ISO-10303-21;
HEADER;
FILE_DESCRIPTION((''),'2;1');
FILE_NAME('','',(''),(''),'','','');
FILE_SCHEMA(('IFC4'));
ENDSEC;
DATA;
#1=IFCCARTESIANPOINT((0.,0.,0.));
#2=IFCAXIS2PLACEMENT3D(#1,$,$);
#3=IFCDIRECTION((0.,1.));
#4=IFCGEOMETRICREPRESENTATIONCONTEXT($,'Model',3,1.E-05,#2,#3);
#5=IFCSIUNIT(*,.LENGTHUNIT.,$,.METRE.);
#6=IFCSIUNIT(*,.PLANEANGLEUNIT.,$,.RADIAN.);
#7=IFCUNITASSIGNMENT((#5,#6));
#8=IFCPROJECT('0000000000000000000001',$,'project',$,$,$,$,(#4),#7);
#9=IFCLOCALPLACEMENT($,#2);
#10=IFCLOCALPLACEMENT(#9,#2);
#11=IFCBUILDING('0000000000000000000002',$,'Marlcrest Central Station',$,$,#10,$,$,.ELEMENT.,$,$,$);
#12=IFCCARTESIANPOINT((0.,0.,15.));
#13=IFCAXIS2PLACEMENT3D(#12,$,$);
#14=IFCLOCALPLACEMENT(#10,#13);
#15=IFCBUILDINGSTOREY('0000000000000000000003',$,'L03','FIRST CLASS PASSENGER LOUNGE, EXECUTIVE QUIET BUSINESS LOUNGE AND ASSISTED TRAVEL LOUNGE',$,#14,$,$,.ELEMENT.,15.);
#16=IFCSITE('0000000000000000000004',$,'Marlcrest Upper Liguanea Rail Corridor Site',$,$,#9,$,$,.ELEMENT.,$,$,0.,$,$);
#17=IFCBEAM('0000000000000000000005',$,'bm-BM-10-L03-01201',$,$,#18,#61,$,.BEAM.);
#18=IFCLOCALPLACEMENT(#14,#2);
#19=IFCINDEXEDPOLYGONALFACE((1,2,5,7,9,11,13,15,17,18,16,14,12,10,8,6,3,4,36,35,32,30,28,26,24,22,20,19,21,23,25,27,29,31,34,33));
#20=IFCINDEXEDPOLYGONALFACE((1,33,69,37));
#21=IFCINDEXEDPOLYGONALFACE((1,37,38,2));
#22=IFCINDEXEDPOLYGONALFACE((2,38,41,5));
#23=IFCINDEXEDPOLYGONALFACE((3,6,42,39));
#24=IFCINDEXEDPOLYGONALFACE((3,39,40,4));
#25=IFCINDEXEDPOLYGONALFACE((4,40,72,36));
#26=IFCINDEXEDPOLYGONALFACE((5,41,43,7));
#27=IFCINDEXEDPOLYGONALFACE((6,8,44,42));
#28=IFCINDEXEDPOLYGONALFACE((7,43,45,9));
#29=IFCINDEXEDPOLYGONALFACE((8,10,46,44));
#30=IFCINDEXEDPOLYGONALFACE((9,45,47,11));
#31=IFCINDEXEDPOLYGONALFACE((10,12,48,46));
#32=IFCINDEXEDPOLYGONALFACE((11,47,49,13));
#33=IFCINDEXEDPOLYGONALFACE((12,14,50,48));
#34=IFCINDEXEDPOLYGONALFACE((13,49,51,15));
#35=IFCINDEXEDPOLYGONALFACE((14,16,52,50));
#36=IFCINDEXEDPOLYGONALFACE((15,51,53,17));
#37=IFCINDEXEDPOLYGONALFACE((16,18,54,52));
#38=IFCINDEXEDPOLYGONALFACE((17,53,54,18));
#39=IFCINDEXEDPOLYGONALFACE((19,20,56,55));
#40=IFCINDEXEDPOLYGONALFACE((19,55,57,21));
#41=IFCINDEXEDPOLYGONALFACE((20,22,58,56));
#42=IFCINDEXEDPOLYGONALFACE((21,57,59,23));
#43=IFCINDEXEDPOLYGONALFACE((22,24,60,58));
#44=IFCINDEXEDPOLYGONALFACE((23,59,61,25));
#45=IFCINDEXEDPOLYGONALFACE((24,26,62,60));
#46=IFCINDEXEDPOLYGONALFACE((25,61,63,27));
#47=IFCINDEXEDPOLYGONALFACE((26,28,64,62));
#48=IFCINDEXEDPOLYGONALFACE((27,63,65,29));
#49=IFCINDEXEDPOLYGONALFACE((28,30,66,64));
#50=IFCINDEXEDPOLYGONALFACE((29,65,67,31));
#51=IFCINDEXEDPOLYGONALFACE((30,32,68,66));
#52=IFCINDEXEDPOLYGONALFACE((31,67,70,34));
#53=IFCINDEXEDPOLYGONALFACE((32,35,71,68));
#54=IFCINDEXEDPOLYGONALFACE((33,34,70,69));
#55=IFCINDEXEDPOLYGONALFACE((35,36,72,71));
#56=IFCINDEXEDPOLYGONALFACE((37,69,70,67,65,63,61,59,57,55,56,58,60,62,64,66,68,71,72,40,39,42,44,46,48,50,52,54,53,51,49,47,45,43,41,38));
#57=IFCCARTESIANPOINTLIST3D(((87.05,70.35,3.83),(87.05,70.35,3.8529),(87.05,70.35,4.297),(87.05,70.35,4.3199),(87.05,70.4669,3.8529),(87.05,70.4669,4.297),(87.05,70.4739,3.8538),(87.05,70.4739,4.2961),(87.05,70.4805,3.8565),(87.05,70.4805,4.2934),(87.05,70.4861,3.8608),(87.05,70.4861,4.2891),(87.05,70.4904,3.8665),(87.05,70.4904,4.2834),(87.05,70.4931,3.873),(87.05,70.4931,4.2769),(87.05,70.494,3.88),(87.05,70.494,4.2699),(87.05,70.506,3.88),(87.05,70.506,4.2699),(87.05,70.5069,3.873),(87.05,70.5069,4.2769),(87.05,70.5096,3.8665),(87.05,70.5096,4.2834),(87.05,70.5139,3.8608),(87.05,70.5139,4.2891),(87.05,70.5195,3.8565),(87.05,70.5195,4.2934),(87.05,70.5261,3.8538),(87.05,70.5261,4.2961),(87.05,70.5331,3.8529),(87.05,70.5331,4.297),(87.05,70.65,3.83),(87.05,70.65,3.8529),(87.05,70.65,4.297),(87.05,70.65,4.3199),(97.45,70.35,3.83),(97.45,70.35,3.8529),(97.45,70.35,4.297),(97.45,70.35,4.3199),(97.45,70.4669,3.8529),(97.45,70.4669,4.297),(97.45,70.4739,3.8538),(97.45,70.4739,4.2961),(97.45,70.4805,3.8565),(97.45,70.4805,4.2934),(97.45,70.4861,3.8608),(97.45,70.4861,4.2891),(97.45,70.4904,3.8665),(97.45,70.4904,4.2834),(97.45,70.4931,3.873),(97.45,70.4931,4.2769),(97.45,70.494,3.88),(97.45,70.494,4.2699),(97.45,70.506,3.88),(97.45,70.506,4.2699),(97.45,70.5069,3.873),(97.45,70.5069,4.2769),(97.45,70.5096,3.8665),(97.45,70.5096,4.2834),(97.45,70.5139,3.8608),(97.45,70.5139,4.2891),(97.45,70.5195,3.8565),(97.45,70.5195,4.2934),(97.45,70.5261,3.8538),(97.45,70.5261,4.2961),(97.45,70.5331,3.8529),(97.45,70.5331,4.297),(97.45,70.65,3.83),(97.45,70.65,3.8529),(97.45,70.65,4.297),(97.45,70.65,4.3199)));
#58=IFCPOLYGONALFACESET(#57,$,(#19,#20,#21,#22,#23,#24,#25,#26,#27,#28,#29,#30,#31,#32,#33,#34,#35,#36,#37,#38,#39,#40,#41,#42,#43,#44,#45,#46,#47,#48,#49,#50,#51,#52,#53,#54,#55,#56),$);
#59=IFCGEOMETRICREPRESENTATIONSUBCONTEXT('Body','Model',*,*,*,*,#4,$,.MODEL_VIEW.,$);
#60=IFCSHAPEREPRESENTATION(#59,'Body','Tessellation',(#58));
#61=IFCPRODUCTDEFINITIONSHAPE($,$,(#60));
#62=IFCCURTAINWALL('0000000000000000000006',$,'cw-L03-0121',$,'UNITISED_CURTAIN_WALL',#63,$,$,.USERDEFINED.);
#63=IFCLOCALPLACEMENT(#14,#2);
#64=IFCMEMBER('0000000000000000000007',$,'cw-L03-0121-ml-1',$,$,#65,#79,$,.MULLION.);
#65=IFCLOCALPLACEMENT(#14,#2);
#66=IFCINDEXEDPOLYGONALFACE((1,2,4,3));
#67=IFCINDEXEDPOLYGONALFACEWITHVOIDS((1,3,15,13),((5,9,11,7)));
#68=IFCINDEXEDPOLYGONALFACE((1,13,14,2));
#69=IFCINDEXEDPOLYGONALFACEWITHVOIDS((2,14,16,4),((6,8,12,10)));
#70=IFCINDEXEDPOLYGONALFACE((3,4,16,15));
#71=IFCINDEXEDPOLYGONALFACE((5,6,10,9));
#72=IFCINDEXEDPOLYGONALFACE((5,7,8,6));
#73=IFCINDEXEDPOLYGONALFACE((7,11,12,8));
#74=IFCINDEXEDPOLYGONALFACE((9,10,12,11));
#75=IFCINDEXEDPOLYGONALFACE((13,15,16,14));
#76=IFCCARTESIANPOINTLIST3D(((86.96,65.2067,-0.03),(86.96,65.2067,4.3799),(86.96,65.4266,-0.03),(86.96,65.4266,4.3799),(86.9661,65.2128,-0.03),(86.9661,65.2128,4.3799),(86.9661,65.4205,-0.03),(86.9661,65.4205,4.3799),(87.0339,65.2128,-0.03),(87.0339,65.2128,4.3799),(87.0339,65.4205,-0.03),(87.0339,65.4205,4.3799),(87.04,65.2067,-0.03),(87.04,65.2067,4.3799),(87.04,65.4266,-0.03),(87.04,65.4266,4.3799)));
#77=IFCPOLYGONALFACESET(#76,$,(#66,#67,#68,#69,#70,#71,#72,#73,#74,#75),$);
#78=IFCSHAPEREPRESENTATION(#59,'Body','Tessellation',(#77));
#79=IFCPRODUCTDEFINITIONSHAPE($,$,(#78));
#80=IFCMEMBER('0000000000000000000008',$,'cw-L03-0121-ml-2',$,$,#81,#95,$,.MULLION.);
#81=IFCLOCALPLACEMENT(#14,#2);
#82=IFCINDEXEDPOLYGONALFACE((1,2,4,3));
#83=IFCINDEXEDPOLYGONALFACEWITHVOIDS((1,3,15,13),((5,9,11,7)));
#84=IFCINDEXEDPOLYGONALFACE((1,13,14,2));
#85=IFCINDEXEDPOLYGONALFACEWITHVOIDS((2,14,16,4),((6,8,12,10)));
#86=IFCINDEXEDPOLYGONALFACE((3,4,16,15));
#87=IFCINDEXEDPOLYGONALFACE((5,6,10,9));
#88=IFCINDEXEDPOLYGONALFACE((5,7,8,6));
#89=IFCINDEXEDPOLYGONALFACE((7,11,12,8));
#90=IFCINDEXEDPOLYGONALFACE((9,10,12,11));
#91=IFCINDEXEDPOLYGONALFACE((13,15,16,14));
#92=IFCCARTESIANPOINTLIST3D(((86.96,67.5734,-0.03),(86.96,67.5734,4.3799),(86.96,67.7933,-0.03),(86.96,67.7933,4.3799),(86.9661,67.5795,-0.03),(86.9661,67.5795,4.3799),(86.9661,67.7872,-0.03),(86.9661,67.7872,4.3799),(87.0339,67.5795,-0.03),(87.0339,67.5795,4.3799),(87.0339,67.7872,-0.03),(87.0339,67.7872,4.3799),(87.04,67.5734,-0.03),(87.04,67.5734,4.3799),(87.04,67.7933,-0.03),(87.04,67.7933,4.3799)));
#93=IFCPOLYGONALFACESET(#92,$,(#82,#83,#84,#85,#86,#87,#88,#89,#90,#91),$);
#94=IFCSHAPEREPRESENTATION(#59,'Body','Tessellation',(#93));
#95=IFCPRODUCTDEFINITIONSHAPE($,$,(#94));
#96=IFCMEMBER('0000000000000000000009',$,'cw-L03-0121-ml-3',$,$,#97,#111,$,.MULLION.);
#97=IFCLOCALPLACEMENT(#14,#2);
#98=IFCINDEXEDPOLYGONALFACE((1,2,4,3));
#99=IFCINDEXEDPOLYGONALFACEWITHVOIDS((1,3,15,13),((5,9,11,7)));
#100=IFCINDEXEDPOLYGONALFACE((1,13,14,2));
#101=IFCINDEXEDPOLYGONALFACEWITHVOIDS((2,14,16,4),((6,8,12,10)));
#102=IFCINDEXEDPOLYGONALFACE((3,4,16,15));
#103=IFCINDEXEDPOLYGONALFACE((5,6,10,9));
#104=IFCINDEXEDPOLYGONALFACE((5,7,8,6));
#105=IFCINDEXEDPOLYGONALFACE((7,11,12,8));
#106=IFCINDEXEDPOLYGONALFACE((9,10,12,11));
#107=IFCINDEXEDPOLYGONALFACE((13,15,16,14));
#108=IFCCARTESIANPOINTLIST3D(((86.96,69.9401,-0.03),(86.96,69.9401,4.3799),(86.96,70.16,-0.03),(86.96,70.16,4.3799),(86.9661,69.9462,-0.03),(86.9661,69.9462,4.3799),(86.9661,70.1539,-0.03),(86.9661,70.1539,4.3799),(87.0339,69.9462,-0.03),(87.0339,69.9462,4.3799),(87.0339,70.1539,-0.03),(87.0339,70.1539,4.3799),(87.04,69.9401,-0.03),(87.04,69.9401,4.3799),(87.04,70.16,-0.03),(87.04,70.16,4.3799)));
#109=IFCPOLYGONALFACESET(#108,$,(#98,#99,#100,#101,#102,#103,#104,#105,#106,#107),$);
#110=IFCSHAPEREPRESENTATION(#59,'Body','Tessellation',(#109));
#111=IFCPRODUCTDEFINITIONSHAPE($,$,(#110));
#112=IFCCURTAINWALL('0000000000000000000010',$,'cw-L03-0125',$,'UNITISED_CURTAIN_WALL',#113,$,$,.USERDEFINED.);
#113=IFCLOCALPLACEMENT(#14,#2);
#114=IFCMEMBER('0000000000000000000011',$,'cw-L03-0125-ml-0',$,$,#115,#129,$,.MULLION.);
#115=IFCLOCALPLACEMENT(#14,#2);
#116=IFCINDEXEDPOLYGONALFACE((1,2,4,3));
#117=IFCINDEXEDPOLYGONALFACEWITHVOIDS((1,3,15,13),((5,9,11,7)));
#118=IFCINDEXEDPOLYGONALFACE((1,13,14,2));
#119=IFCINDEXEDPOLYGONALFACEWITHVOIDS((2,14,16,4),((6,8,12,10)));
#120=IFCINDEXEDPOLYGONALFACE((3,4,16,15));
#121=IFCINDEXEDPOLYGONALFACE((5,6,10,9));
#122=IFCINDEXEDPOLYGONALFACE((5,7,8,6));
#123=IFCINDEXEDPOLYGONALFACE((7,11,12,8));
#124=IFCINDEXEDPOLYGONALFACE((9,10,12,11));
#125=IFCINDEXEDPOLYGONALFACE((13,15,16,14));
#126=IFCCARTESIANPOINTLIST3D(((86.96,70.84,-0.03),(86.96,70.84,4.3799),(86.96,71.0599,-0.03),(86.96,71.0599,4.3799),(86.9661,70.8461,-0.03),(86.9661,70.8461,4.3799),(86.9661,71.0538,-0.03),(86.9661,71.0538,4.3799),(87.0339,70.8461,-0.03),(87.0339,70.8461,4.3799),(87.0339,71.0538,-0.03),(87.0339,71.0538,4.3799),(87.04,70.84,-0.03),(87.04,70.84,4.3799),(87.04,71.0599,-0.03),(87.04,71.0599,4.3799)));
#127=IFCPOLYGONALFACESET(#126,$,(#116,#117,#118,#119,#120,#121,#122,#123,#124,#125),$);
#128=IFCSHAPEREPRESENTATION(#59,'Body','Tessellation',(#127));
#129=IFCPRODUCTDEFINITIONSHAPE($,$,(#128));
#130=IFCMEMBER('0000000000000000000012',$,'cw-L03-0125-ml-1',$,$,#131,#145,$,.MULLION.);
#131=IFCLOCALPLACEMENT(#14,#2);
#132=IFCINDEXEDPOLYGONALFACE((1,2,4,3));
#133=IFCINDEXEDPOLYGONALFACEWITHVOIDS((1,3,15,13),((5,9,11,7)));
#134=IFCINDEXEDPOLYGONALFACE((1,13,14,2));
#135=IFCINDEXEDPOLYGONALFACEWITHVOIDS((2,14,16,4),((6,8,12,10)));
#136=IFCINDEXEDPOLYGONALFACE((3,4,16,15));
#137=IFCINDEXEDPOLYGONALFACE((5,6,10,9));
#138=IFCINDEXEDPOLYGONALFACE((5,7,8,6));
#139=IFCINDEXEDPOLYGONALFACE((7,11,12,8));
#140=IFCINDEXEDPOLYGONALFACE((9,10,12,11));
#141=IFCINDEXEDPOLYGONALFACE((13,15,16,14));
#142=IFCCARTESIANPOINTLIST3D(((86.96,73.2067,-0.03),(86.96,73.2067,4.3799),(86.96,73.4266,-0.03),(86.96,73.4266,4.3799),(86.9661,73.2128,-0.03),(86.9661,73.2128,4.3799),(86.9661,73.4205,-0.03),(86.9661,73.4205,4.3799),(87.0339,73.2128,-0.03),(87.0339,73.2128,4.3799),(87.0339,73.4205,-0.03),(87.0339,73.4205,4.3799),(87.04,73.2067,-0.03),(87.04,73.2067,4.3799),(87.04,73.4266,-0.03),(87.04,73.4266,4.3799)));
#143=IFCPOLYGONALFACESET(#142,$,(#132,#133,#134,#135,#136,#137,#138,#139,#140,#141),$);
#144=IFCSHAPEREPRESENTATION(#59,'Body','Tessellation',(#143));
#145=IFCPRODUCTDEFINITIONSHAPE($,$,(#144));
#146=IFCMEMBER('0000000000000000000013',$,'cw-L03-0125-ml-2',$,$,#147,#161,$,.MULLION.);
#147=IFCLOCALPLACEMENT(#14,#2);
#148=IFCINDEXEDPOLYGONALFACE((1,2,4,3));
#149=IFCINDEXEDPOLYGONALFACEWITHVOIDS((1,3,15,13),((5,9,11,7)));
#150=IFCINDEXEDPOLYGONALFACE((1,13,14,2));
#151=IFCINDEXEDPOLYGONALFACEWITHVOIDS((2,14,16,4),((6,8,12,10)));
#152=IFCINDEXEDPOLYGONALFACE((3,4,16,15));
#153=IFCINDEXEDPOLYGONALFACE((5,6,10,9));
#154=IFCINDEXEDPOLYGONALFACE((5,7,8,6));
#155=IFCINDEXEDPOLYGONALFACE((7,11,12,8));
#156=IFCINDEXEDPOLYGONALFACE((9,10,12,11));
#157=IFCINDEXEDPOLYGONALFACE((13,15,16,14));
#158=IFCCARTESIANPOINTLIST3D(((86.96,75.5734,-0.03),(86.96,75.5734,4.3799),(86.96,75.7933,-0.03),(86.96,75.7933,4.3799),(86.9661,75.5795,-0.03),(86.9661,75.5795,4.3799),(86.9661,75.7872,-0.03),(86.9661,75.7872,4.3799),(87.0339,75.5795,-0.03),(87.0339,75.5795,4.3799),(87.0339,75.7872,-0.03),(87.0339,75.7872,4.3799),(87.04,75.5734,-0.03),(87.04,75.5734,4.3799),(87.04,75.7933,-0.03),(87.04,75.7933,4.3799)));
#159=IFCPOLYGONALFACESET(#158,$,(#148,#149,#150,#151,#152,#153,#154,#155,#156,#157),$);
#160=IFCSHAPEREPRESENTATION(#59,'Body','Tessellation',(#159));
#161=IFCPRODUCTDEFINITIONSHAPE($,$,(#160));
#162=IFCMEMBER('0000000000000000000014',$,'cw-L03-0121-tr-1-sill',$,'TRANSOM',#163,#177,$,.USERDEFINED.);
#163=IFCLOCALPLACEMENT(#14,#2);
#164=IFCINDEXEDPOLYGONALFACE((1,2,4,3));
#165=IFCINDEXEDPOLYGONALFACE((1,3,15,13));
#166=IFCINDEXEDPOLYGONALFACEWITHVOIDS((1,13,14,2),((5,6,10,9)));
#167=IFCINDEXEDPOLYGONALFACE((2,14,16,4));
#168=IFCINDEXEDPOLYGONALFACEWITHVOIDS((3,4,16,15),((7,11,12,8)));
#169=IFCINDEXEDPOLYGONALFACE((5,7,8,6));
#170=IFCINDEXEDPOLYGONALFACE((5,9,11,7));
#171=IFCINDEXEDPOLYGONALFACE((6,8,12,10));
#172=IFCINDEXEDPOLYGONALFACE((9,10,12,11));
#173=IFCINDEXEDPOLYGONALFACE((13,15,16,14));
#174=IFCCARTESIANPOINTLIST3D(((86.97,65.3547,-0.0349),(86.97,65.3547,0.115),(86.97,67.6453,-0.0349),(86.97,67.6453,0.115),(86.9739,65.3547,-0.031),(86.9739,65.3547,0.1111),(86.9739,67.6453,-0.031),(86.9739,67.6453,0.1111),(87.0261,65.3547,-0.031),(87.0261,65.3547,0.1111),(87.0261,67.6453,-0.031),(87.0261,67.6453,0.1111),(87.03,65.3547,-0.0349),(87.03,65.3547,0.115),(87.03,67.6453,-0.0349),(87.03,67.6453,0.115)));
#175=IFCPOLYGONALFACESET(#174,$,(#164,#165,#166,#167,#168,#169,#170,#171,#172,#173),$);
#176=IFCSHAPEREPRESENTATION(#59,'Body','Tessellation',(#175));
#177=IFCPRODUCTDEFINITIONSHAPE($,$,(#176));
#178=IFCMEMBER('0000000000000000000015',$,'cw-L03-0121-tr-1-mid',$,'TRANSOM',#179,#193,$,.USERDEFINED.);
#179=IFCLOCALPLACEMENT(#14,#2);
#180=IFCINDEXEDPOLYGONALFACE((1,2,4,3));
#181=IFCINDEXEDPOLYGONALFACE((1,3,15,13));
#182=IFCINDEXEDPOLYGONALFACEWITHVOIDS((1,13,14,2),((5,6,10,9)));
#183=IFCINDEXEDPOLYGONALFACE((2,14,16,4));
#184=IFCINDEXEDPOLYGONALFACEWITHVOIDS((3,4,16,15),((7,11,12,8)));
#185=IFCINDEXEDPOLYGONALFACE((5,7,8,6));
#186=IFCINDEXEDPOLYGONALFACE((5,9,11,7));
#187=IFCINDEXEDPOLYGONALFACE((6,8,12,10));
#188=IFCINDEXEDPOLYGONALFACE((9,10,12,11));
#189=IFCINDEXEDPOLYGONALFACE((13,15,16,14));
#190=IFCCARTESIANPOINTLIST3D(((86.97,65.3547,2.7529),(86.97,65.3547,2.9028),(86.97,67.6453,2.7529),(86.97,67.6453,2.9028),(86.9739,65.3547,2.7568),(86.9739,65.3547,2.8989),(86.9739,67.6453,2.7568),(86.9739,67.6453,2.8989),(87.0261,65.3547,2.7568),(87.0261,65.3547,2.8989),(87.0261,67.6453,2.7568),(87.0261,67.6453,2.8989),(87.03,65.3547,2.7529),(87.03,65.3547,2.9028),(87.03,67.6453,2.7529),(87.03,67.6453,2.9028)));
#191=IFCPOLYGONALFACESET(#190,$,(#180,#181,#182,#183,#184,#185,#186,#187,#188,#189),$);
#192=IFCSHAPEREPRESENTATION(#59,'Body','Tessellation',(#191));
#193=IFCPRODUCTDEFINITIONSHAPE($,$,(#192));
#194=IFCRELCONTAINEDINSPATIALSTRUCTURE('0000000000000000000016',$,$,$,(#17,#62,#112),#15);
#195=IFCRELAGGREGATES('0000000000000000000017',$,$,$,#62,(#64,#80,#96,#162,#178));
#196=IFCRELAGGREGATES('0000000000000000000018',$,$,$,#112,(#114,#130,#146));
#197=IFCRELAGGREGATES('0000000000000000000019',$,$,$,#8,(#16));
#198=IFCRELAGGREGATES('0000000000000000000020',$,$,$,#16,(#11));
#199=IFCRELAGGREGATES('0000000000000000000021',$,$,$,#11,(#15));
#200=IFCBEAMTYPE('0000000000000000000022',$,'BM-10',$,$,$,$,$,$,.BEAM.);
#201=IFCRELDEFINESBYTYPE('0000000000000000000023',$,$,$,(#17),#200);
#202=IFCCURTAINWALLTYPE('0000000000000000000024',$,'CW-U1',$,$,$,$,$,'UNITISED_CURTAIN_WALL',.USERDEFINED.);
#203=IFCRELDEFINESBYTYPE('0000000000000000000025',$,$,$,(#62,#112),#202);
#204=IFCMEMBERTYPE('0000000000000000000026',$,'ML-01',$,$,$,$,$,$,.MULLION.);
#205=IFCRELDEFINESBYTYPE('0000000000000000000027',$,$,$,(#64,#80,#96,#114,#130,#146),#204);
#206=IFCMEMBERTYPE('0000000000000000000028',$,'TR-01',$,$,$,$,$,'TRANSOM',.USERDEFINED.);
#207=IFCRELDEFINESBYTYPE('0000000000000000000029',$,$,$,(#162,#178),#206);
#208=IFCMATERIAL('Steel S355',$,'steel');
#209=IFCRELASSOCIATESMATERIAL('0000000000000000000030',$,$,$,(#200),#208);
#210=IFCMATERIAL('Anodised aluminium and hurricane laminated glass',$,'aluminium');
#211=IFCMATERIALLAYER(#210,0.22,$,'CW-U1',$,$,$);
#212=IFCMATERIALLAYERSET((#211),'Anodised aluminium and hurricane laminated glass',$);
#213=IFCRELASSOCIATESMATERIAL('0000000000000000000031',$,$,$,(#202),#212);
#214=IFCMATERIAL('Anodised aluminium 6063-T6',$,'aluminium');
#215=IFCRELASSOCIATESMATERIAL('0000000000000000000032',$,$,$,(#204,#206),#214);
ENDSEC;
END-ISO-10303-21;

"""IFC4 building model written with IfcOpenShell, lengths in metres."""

from ifc_helpers import new_model, si_unit, direction, frame, origin, origin_2d, place, context, subcontext, project, spatial, hollow_rectangle, i_section, extrude, material, layer, layer_set, material_profile, profile_set, type_object, element, aggregate, save


model = new_model("IFC4")

# Units and contexts
model_context = context("Model", 3, precision=1e-05, world=origin(), true_north=direction((0.0, 1.0)))
body_context = subcontext(model_context, "Body", "Model", "MODEL_VIEW")
ifc_project = project(units=[si_unit("LENGTHUNIT", "METRE"), si_unit("PLANEANGLEUNIT", "RADIAN")], contexts=[model_context])

# Site, building, storey
site_placement = place(None, origin())
site = spatial("IfcSite", under=ifc_project, at=site_placement, Name="Marlcrest Upper Liguanea Rail Corridor Site", CompositionType="ELEMENT", RefElevation=0.0)
building_placement = place(site_placement, origin())
building = spatial("IfcBuilding", under=site, at=building_placement, Name="Marlcrest Central Station", CompositionType="ELEMENT")
storey_placement = place(building_placement, frame((0.0, 0.0, 15.0)))
storey = spatial("IfcBuildingStorey", under=building, at=storey_placement, Name="L03", Description="FIRST CLASS PASSENGER LOUNGE, EXECUTIVE QUIET BUSINESS LOUNGE AND ASSISTED TRAVEL LOUNGE", CompositionType="ELEMENT", Elevation=15.0)

# Shared definitions
ifc_material_1 = material(Name="Steel S355", Category="steel")

# Beam
ifc_material_profile_1 = material_profile(ifc_material_1, i_section(OverallWidth=0.3, OverallDepth=0.49, WebThickness=0.012, FlangeThickness=0.0229, FilletRadius=0.0271, at=origin_2d()), Name="HEA 500")
ifc_profile_set_1 = profile_set([ifc_material_profile_1], Name="Steel S355")
beam_type = type_object("IfcBeamType", Name="BM-10", PredefinedType="BEAM", material=ifc_profile_set_1)
beam_placement = place(storey_placement, frame((87.05, 70.5, 4.075), z_axis=(1.0, 0.0, 0.0), x_axis=(0.0, 1.0, 0.0)))
element("IfcBeam", 1, at=beam_placement, inside=storey, type_object=beam_type, Name="bm-BM-10-L03-01201", PredefinedType="BEAM", context=body_context, shape_type="SweptSolid", body=[
    extrude(i_section(OverallWidth=0.3, OverallDepth=0.49, WebThickness=0.012, FlangeThickness=0.0229, FilletRadius=0.0271, at=origin_2d()), origin(), (0.0, 0.0, 1.0), 10.3999),
])

# Curtain walls, members
ifc_material_2 = material(Name="Anodised aluminium and hurricane laminated glass", Category="aluminium")
ifc_layer_1 = layer(ifc_material_2, 0.22, Name="CW-U1")
ifc_layer_set_1 = layer_set([ifc_layer_1], Name="Anodised aluminium and hurricane laminated glass")
curtain_wall_type = type_object("IfcCurtainWallType", Name="CW-U1", ElementType="UNITISED_CURTAIN_WALL", PredefinedType="USERDEFINED", material=ifc_layer_set_1)
curtain_wall_1_placement = place(storey_placement, origin())
curtain_wall_1 = element("IfcCurtainWall", 2, at=curtain_wall_1_placement, inside=storey, type_object=curtain_wall_type, Name="cw-L03-0121", ObjectType="UNITISED_CURTAIN_WALL", PredefinedType="USERDEFINED")
ifc_material_3 = material(Name="Anodised aluminium 6063-T6", Category="aluminium")
ifc_material_profile_2 = material_profile(ifc_material_3, hollow_rectangle(XDim=0.0801, YDim=0.22, WallThickness=0.0061, at=origin_2d()), Name="AA-RHS 220x80x6")
ifc_profile_set_2 = profile_set([ifc_material_profile_2], Name="Anodised aluminium 6063-T6")
member_type_1 = type_object("IfcMemberType", Name="ML-01", PredefinedType="MULLION", material=ifc_profile_set_2)
member_1_placement = place(storey_placement, frame((87.0, 65.3167, -0.03), z_axis=(0.0, 0.0, 1.0), x_axis=(1.0, 0.0, 0.0)))
member_1 = element("IfcMember", 3, at=member_1_placement, type_object=member_type_1, Name="cw-L03-0121-ml-1", PredefinedType="MULLION", context=body_context, shape_type="SweptSolid", body=[
    extrude(hollow_rectangle(XDim=0.0801, YDim=0.22, WallThickness=0.0061, at=origin_2d()), origin(), (0.0, 0.0, 1.0), 4.4099),
])
member_2_placement = place(storey_placement, frame((87.0, 67.6833, -0.03), z_axis=(0.0, 0.0, 1.0), x_axis=(1.0, 0.0, 0.0)))
member_2 = element("IfcMember", 4, at=member_2_placement, type_object=member_type_1, Name="cw-L03-0121-ml-2", PredefinedType="MULLION", context=body_context, shape_type="SweptSolid", body=[
    extrude(hollow_rectangle(XDim=0.0801, YDim=0.22, WallThickness=0.0061, at=origin_2d()), origin(), (0.0, 0.0, 1.0), 4.4099),
])
member_3_placement = place(storey_placement, frame((87.0, 70.05, -0.03), z_axis=(0.0, 0.0, 1.0), x_axis=(1.0, 0.0, 0.0)))
member_3 = element("IfcMember", 5, at=member_3_placement, type_object=member_type_1, Name="cw-L03-0121-ml-3", PredefinedType="MULLION", context=body_context, shape_type="SweptSolid", body=[
    extrude(hollow_rectangle(XDim=0.0801, YDim=0.22, WallThickness=0.0061, at=origin_2d()), origin(), (0.0, 0.0, 1.0), 4.4099),
])
curtain_wall_2_placement = place(storey_placement, origin())
curtain_wall_2 = element("IfcCurtainWall", 6, at=curtain_wall_2_placement, inside=storey, type_object=curtain_wall_type, Name="cw-L03-0125", ObjectType="UNITISED_CURTAIN_WALL", PredefinedType="USERDEFINED")
member_4_placement = place(storey_placement, frame((87.0, 70.95, -0.03), z_axis=(0.0, 0.0, 1.0), x_axis=(1.0, 0.0, 0.0)))
member_4 = element("IfcMember", 7, at=member_4_placement, type_object=member_type_1, Name="cw-L03-0125-ml-0", PredefinedType="MULLION", context=body_context, shape_type="SweptSolid", body=[
    extrude(hollow_rectangle(XDim=0.0801, YDim=0.22, WallThickness=0.0061, at=origin_2d()), origin(), (0.0, 0.0, 1.0), 4.4099),
])
member_5_placement = place(storey_placement, frame((87.0, 73.3167, -0.03), z_axis=(0.0, 0.0, 1.0), x_axis=(1.0, 0.0, 0.0)))
member_5 = element("IfcMember", 8, at=member_5_placement, type_object=member_type_1, Name="cw-L03-0125-ml-1", PredefinedType="MULLION", context=body_context, shape_type="SweptSolid", body=[
    extrude(hollow_rectangle(XDim=0.0801, YDim=0.22, WallThickness=0.0061, at=origin_2d()), origin(), (0.0, 0.0, 1.0), 4.4099),
])
member_6_placement = place(storey_placement, frame((87.0, 75.6833, -0.03), z_axis=(0.0, 0.0, 1.0), x_axis=(1.0, 0.0, 0.0)))
member_6 = element("IfcMember", 9, at=member_6_placement, type_object=member_type_1, Name="cw-L03-0125-ml-2", PredefinedType="MULLION", context=body_context, shape_type="SweptSolid", body=[
    extrude(hollow_rectangle(XDim=0.0801, YDim=0.22, WallThickness=0.0061, at=origin_2d()), origin(), (0.0, 0.0, 1.0), 4.4099),
])

# Members
ifc_material_profile_3 = material_profile(ifc_material_3, hollow_rectangle(XDim=0.0601, YDim=0.1499, WallThickness=0.0039, at=origin_2d()), Name="AA-RHS 150x60x4")
ifc_profile_set_3 = profile_set([ifc_material_profile_3], Name="Anodised aluminium 6063-T6")
member_type_2 = type_object("IfcMemberType", Name="TR-01", ElementType="TRANSOM", PredefinedType="USERDEFINED", material=ifc_profile_set_3)
member_7_placement = place(storey_placement, frame((87.0, 65.3547, 0.04), z_axis=(0.0, 1.0, 0.0), x_axis=(-1.0, 0.0, 0.0)))
member_7 = element("IfcMember", 10, at=member_7_placement, type_object=member_type_2, Name="cw-L03-0121-tr-1-sill", ObjectType="TRANSOM", PredefinedType="USERDEFINED", context=body_context, shape_type="SweptSolid", body=[
    extrude(hollow_rectangle(XDim=0.0601, YDim=0.1499, WallThickness=0.0039, at=origin_2d()), origin(), (0.0, 0.0, 1.0), 2.2905),
])
member_8_placement = place(storey_placement, frame((87.0, 65.3547, 2.8279), z_axis=(0.0, 1.0, 0.0), x_axis=(-1.0, 0.0, 0.0)))
member_8 = element("IfcMember", 11, at=member_8_placement, type_object=member_type_2, Name="cw-L03-0121-tr-1-mid", ObjectType="TRANSOM", PredefinedType="USERDEFINED", context=body_context, shape_type="SweptSolid", body=[
    extrude(hollow_rectangle(XDim=0.0601, YDim=0.1499, WallThickness=0.0039, at=origin_2d()), origin(), (0.0, 0.0, 1.0), 2.2905),
])

aggregate(curtain_wall_1, [member_1, member_2, member_3, member_7, member_8])
aggregate(curtain_wall_2, [member_4, member_5, member_6])

save(model, "model.ifc")
